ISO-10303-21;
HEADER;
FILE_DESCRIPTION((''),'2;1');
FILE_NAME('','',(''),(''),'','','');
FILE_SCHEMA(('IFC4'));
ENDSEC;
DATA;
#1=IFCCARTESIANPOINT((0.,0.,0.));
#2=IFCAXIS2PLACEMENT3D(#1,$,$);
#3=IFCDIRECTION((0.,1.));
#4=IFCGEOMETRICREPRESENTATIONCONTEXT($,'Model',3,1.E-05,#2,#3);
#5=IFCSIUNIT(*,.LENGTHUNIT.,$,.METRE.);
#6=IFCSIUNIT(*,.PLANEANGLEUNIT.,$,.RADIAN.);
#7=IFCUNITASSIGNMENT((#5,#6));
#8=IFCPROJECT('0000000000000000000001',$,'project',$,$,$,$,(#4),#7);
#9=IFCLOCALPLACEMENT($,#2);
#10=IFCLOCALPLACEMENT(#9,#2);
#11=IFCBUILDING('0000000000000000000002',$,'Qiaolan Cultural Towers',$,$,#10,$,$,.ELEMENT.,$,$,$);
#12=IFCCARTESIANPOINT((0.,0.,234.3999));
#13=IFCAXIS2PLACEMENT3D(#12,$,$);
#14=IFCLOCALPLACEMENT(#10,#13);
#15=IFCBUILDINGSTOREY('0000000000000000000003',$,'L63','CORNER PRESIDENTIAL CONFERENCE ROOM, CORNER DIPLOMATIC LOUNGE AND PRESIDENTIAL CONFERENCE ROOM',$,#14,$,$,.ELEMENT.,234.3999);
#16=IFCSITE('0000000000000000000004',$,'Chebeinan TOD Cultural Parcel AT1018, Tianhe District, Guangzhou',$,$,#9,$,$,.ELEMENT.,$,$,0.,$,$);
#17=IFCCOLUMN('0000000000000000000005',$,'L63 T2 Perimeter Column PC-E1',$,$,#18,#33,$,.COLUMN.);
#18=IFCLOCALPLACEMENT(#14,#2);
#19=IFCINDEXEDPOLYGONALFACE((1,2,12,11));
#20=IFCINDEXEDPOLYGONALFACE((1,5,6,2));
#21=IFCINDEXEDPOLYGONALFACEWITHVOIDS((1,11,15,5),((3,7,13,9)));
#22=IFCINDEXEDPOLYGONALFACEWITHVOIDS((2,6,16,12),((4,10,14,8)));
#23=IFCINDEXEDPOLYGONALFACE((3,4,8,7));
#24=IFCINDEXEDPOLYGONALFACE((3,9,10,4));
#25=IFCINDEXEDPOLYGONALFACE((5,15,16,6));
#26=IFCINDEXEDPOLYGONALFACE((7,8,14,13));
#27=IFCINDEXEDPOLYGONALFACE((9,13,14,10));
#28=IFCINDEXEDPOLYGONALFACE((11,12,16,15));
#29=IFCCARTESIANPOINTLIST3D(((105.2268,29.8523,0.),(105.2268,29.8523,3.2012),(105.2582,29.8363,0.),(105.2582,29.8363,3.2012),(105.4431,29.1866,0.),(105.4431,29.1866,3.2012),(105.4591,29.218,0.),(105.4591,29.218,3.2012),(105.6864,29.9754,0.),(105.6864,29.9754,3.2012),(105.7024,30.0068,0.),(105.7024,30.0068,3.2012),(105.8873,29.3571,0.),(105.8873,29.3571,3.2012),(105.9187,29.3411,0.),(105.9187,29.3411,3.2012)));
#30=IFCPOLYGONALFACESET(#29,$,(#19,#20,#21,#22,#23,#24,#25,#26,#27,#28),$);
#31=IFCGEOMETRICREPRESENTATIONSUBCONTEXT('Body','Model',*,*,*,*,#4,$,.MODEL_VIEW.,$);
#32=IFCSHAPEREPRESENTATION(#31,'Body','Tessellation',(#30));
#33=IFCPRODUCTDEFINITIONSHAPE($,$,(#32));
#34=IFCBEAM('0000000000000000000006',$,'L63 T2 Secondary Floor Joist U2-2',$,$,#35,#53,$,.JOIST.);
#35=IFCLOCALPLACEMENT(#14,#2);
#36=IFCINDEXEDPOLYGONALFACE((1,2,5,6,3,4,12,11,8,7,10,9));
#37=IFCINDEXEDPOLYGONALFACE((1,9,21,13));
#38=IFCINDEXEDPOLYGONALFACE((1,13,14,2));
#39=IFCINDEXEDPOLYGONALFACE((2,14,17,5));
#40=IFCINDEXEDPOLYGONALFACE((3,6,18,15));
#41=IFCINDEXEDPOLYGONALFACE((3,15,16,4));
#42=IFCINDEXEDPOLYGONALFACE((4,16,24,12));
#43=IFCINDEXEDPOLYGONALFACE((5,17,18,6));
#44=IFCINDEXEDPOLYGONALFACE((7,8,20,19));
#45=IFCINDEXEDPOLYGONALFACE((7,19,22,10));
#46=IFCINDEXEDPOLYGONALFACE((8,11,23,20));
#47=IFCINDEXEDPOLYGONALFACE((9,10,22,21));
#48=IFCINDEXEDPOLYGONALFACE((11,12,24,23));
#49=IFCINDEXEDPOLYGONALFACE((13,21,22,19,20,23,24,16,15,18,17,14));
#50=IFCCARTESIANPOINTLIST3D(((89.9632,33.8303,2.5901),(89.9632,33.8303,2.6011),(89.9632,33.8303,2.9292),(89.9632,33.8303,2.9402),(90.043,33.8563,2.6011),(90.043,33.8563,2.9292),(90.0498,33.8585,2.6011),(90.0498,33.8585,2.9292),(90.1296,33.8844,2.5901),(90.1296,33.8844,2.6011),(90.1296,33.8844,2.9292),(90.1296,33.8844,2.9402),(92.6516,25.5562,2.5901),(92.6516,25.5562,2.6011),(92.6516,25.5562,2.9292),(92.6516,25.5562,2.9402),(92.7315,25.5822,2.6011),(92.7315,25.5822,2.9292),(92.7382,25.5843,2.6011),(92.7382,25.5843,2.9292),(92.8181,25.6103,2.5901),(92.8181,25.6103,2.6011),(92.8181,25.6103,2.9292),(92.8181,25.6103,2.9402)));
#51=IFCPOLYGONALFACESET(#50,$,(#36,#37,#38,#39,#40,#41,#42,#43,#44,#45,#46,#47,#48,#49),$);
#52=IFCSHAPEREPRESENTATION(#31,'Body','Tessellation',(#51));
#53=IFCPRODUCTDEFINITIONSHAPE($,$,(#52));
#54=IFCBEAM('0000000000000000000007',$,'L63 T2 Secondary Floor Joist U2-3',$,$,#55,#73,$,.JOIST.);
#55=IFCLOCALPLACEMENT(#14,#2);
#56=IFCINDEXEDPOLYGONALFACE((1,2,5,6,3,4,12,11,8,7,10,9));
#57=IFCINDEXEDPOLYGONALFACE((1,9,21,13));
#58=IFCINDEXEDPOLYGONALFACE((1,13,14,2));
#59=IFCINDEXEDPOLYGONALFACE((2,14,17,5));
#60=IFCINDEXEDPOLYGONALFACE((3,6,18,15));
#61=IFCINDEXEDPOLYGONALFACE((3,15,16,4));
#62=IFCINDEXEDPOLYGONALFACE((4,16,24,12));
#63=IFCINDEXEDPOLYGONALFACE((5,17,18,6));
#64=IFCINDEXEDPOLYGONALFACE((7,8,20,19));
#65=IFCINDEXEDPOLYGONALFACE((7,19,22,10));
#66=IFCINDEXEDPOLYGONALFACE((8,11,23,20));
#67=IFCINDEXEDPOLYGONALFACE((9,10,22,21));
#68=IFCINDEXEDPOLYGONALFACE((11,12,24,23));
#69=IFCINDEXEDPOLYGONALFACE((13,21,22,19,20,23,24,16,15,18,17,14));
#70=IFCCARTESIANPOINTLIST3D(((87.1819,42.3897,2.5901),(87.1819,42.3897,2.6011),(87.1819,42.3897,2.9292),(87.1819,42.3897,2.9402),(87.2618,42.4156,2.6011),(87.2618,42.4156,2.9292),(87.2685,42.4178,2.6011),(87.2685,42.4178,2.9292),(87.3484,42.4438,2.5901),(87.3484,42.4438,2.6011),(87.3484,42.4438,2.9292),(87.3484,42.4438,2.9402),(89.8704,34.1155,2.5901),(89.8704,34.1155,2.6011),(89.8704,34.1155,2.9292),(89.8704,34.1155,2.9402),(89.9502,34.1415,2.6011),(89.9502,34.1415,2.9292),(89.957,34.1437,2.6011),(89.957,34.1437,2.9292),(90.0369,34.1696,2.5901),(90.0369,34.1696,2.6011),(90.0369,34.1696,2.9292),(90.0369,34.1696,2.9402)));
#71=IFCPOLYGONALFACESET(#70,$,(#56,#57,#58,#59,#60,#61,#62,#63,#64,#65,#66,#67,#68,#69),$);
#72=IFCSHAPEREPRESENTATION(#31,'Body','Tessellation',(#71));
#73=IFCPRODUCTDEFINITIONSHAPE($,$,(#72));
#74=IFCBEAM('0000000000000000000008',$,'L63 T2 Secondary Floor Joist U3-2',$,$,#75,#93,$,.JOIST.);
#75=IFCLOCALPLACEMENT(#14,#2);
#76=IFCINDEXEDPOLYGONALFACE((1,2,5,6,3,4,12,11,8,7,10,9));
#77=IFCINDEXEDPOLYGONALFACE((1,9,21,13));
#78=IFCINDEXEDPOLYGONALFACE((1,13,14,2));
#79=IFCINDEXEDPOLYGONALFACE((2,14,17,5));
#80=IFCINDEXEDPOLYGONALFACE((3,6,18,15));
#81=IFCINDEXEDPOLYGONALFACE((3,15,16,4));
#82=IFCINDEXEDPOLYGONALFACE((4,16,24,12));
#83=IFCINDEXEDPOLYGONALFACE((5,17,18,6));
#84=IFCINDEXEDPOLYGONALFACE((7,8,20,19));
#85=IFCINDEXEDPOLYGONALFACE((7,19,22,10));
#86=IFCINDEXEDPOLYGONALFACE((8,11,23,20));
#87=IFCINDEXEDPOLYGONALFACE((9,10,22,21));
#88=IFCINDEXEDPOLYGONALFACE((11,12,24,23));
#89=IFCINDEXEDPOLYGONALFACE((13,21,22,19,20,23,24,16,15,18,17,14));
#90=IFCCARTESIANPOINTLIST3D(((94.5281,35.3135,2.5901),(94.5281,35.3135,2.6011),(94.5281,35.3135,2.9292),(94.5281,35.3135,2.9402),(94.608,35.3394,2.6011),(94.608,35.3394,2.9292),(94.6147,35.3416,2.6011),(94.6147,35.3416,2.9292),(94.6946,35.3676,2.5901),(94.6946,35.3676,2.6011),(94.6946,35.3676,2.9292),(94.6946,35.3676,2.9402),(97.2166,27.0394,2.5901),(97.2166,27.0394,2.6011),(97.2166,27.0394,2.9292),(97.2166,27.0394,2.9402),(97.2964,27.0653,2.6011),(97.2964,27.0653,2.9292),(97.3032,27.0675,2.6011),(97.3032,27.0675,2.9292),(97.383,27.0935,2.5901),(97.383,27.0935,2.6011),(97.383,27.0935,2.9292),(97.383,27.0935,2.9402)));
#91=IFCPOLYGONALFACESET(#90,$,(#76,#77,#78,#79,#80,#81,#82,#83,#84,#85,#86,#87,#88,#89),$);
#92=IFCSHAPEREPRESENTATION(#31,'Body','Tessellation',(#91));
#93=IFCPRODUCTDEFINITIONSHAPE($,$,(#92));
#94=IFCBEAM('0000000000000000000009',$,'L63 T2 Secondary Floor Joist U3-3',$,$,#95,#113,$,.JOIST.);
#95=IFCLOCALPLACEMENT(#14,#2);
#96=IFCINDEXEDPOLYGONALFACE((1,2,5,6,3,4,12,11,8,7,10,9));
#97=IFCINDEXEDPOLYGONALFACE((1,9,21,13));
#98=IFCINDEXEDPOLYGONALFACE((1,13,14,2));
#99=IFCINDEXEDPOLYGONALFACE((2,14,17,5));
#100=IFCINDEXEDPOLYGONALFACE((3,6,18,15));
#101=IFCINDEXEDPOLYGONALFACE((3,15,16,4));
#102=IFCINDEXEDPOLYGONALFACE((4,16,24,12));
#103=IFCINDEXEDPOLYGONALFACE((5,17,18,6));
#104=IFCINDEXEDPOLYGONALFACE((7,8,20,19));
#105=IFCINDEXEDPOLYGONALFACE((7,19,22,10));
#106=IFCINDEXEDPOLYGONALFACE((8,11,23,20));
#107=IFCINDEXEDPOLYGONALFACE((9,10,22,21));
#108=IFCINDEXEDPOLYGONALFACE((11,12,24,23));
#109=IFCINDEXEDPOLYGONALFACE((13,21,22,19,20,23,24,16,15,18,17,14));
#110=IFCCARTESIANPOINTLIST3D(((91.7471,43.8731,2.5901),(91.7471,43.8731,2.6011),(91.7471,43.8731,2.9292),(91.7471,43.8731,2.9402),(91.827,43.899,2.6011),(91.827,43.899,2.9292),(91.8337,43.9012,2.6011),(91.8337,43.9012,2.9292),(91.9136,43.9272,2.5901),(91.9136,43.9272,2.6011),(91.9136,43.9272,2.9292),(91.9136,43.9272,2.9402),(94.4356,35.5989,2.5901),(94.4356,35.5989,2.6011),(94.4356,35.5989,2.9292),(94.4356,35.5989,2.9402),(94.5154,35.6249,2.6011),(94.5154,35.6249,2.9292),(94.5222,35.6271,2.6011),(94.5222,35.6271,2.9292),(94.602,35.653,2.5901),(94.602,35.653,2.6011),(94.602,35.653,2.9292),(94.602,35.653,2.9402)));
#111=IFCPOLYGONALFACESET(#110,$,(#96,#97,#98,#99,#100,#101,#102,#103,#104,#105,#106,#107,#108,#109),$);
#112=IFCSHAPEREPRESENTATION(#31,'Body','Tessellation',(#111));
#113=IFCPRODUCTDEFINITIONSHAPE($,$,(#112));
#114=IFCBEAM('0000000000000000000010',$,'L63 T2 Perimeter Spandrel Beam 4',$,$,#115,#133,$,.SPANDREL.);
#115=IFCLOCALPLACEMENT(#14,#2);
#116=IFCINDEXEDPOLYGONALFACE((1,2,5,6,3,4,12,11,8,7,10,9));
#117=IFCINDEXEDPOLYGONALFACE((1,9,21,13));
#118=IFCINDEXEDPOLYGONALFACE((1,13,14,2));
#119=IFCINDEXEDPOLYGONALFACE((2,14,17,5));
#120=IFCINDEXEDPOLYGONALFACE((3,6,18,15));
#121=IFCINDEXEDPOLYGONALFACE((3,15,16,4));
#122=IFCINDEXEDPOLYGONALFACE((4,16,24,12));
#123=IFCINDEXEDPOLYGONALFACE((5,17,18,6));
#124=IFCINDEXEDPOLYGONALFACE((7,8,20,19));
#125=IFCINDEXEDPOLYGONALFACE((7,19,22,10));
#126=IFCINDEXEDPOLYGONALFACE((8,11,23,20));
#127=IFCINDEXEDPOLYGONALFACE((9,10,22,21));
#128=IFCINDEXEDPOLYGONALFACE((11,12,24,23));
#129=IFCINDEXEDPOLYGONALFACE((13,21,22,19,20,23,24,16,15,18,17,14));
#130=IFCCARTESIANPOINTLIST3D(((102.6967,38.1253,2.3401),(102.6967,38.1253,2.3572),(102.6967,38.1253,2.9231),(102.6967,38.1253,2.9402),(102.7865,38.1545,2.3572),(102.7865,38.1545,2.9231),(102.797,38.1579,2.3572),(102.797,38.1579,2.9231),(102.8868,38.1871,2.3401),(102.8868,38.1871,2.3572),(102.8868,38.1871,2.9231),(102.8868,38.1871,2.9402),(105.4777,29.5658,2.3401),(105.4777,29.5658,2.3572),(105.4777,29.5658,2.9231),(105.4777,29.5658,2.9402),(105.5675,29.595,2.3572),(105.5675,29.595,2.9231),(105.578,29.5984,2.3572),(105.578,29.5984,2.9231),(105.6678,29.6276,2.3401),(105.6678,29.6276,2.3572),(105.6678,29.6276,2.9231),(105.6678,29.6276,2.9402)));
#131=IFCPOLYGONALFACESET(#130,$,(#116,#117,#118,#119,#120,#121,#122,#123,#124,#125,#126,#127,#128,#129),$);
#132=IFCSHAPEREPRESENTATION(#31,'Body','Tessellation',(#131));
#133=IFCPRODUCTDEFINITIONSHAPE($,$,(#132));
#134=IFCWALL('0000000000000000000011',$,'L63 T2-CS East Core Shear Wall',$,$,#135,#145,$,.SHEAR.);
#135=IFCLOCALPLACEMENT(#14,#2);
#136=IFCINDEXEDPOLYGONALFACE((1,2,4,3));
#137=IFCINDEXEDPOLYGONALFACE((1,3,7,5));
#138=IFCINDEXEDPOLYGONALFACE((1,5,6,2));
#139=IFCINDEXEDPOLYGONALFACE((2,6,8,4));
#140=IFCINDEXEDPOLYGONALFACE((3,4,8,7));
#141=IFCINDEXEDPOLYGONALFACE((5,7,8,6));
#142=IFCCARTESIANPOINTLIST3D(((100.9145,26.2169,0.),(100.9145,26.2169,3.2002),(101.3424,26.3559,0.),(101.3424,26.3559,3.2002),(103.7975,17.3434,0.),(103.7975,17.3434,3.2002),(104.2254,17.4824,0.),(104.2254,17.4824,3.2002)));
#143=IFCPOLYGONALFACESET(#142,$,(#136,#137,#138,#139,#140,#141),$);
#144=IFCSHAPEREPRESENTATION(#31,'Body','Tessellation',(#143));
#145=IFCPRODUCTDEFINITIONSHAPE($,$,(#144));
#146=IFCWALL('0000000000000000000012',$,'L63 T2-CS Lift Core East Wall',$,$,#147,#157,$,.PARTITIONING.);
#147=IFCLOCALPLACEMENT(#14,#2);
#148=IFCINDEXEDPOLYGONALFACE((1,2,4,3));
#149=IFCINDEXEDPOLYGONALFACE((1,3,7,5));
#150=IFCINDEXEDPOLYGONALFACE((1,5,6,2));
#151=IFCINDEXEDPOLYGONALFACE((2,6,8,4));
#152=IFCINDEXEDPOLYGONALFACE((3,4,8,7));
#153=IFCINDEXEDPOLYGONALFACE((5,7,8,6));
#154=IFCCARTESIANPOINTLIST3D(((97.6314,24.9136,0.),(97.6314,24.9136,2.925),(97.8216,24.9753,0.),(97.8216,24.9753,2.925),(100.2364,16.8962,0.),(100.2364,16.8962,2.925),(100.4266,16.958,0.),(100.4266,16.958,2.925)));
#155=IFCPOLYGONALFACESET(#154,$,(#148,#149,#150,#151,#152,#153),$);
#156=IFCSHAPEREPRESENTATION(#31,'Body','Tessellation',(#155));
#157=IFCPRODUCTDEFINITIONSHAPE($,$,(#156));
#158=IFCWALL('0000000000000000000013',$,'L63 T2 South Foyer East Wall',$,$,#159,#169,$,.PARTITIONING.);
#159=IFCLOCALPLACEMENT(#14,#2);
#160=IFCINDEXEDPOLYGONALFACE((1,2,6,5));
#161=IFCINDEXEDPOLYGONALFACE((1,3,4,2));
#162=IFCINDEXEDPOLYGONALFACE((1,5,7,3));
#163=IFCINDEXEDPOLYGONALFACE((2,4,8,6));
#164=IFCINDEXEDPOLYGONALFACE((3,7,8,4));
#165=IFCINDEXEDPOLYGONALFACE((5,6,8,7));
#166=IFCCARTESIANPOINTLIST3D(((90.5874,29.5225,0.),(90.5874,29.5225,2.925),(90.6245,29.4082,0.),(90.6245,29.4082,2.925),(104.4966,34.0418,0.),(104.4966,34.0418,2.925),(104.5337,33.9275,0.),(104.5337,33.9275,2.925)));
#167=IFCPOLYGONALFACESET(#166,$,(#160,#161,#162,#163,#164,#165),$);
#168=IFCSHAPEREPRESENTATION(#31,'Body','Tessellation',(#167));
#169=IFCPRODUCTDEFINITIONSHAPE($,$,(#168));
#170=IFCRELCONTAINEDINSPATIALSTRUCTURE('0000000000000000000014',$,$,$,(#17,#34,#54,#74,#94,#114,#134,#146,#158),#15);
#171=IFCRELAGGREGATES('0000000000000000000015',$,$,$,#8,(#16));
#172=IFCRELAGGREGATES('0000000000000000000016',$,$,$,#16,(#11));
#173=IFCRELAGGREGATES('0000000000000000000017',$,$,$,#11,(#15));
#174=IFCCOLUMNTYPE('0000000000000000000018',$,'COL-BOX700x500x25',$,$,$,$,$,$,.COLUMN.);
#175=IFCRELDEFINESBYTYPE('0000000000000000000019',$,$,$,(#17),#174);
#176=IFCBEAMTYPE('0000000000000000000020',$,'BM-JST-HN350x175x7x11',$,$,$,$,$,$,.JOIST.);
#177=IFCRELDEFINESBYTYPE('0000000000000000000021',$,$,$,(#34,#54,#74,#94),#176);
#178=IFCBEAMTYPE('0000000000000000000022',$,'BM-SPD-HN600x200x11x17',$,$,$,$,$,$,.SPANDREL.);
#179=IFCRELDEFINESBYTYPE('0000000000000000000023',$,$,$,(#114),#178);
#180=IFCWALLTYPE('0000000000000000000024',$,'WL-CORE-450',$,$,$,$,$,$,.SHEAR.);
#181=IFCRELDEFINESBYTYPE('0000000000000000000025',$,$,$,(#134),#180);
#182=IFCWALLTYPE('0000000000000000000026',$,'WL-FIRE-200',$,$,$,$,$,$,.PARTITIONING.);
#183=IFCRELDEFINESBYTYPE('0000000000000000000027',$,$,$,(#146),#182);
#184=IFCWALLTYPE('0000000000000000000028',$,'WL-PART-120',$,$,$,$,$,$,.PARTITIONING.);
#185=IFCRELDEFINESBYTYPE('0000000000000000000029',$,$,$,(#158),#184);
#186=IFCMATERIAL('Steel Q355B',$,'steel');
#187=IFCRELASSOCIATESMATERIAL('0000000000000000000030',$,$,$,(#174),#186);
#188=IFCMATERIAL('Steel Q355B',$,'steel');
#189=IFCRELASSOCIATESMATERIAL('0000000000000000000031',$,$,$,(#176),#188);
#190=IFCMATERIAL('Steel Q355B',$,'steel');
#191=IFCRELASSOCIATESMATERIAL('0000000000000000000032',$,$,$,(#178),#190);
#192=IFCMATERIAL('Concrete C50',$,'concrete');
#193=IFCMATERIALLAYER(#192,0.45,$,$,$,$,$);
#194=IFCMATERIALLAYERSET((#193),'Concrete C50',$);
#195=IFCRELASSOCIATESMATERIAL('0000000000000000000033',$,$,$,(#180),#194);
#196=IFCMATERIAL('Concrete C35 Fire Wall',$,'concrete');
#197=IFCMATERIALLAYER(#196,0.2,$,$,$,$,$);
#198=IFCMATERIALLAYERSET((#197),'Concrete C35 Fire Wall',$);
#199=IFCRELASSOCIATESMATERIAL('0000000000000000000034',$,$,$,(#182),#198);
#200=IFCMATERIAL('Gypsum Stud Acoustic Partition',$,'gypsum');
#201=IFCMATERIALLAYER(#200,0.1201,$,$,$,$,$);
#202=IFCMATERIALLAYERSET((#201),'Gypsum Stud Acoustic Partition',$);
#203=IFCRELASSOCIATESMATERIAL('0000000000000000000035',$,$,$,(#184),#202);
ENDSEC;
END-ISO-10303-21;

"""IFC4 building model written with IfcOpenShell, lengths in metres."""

from ifc_helpers import new_model, si_unit, direction, frame, frame_2d, origin, origin_2d, place, context, subcontext, project, spatial, rectangle, hollow_rectangle, i_section, extrude, material, layer, layer_set, material_profile, profile_set, type_object, element, save


model = new_model("IFC4")

# Units and contexts
model_context = context("Model", 3, precision=1e-05, world=origin(), true_north=direction((0.0, 1.0)))
body_context = subcontext(model_context, "Body", "Model", "MODEL_VIEW")
ifc_project = project(units=[si_unit("LENGTHUNIT", "METRE"), si_unit("PLANEANGLEUNIT", "RADIAN")], contexts=[model_context])

# Site, building, storey
site_placement = place(None, origin())
site = spatial("IfcSite", under=ifc_project, at=site_placement, Name="Chebeinan TOD Cultural Parcel AT1018, Tianhe District, Guangzhou", CompositionType="ELEMENT", RefElevation=0.0)
building_placement = place(site_placement, origin())
building = spatial("IfcBuilding", under=site, at=building_placement, Name="Qiaolan Cultural Towers", CompositionType="ELEMENT")
storey_placement = place(building_placement, frame((0.0, 0.0, 234.3999)))
storey = spatial("IfcBuildingStorey", under=building, at=storey_placement, Name="L63", Description="CORNER PRESIDENTIAL CONFERENCE ROOM, CORNER DIPLOMATIC LOUNGE AND PRESIDENTIAL CONFERENCE ROOM", CompositionType="ELEMENT", Elevation=234.3999)

# Column
ifc_material_1 = material(Name="Steel Q355B", Category="steel")
ifc_material_profile_1 = material_profile(ifc_material_1, hollow_rectangle(XDim=0.5, YDim=0.7, WallThickness=0.0249, at=origin_2d()), Name="BOX700x500x25")
ifc_profile_set_1 = profile_set([ifc_material_profile_1], Name="Steel Q355B")
column_type = type_object("IfcColumnType", Name="COL-BOX700x500x25", PredefinedType="COLUMN", material=ifc_profile_set_1)
column_placement = place(storey_placement, frame((105.5728, 29.5967, 0.0), z_axis=(0.0, 0.0, 1.0), x_axis=(0.951057, 0.309017, 0.0)))
element("IfcColumn", 1, at=column_placement, inside=storey, type_object=column_type, Name="L63 T2 Perimeter Column PC-E1", PredefinedType="COLUMN", context=body_context, shape_type="SweptSolid", body=[
    extrude(hollow_rectangle(XDim=0.5, YDim=0.7, WallThickness=0.0249, at=origin_2d()), origin(), (0.0, 0.0, 1.0), 3.2012),
])

# Beams
ifc_material_2 = material(Name="Steel Q355B", Category="steel")
ifc_material_profile_2 = material_profile(ifc_material_2, i_section(OverallWidth=0.175, OverallDepth=0.3501, WebThickness=0.0071, FlangeThickness=0.011, at=origin_2d()), Name="HN350x175x7x11")
ifc_profile_set_2 = profile_set([ifc_material_profile_2], Name="Steel Q355B")
beam_type_1 = type_object("IfcBeamType", Name="BM-JST-HN350x175x7x11", PredefinedType="JOIST", material=ifc_profile_set_2)
for number, where, z_axis, x_axis, name in (
    (2, (92.7349, 25.5833, 2.7651), (-0.309021, 0.951055, 0.0), (-0.951055, -0.309021, 0.0), "L63 T2 Secondary Floor Joist U2-2"),
    (3, (89.9536, 34.1426, 2.7651), (-0.309021, 0.951055, 0.0), (-0.951055, -0.309021, 0.0), "L63 T2 Secondary Floor Joist U2-3"),
    (4, (97.2998, 27.0664, 2.7651), (-0.309021, 0.951055, 0.0), (-0.951055, -0.309021, 0.0), "L63 T2 Secondary Floor Joist U3-2"),
    (5, (94.5188, 35.626, 2.7651), (-0.309021, 0.951055, 0.0), (-0.951055, -0.309021, 0.0), "L63 T2 Secondary Floor Joist U3-3"),
):
    element("IfcBeam", number, at=place(storey_placement, frame(where, z_axis=z_axis, x_axis=x_axis)), inside=storey, type_object=beam_type_1, Name=name, PredefinedType="JOIST", context=body_context, shape_type="SweptSolid", body=[
        extrude(i_section(OverallWidth=0.175, OverallDepth=0.3501, WebThickness=0.0071, FlangeThickness=0.011, at=origin_2d()), origin(), (0.0, 0.0, 1.0), 8.7),
    ])
ifc_material_3 = material(Name="Steel Q355B", Category="steel")
ifc_material_profile_3 = material_profile(ifc_material_3, i_section(OverallWidth=0.2, OverallDepth=0.6001, WebThickness=0.011, FlangeThickness=0.0171, at=origin_2d()), Name="HN600x200x11x17")
ifc_profile_set_3 = profile_set([ifc_material_profile_3], Name="Steel Q355B")
beam_type_2 = type_object("IfcBeamType", Name="BM-SPD-HN600x200x11x17", PredefinedType="SPANDREL", material=ifc_profile_set_3)
beam_placement = place(storey_placement, frame((105.5728, 29.5967, 2.6401), z_axis=(-0.309, 0.951062, 0.0), x_axis=(-0.951062, -0.309, 0.0)))
element("IfcBeam", 6, at=beam_placement, inside=storey, type_object=beam_type_2, Name="L63 T2 Perimeter Spandrel Beam 4", PredefinedType="SPANDREL", context=body_context, shape_type="SweptSolid", body=[
    extrude(i_section(OverallWidth=0.2, OverallDepth=0.6001, WebThickness=0.011, FlangeThickness=0.0171, at=origin_2d()), origin(), (0.0, 0.0, 1.0), 9.0),
])

# Walls
ifc_material_4 = material(Name="Concrete C50", Category="concrete")
ifc_layer_1 = layer(ifc_material_4, 0.45)
ifc_layer_set_1 = layer_set([ifc_layer_1], Name="Concrete C50")
wall_type_1 = type_object("IfcWallType", Name="WL-CORE-450", PredefinedType="SHEAR", material=ifc_layer_set_1)
wall_1_placement = place(storey_placement, frame((101.1284, 26.2864, 0.0), z_axis=(0.0, 0.0, 1.0), x_axis=(0.309004, -0.951061, 0.0)))
element("IfcWall", 7, at=wall_1_placement, inside=storey, type_object=wall_type_1, Name="L63 T2-CS East Core Shear Wall", PredefinedType="SHEAR", context=body_context, shape_type="SweptSolid", body=[
    extrude(rectangle(XDim=9.3301, YDim=0.45, at=frame_2d((4.665, 0.0))), origin(), (0.0, 0.0, 1.0), 3.2002),
])
ifc_material_5 = material(Name="Concrete C35 Fire Wall", Category="concrete")
ifc_layer_2 = layer(ifc_material_5, 0.2)
ifc_layer_set_2 = layer_set([ifc_layer_2], Name="Concrete C35 Fire Wall")
wall_type_2 = type_object("IfcWallType", Name="WL-FIRE-200", PredefinedType="PARTITIONING", material=ifc_layer_set_2)
wall_2_placement = place(storey_placement, frame((97.7266, 24.9443, 0.0), z_axis=(0.0, 0.0, 1.0), x_axis=(0.309016, -0.951057, 0.0)))
element("IfcWall", 8, at=wall_2_placement, inside=storey, type_object=wall_type_2, Name="L63 T2-CS Lift Core East Wall", PredefinedType="PARTITIONING", context=body_context, shape_type="SweptSolid", body=[
    extrude(rectangle(XDim=8.4299, YDim=0.2, at=frame_2d((4.2148, 0.0))), origin(), (0.0, 0.0, 1.0), 2.925),
])
ifc_material_6 = material(Name="Gypsum Stud Acoustic Partition", Category="gypsum")
ifc_layer_3 = layer(ifc_material_6, 0.1201)
ifc_layer_set_3 = layer_set([ifc_layer_3], Name="Gypsum Stud Acoustic Partition")
wall_type_3 = type_object("IfcWallType", Name="WL-PART-120", PredefinedType="PARTITIONING", material=ifc_layer_set_3)
wall_3_placement = place(storey_placement, frame((90.606, 29.4653, 0.0), z_axis=(0.0, 0.0, 1.0), x_axis=(0.951058, 0.309012, 0.0)))
element("IfcWall", 9, at=wall_3_placement, inside=storey, type_object=wall_type_3, Name="L63 T2 South Foyer East Wall", PredefinedType="PARTITIONING", context=body_context, shape_type="SweptSolid", body=[
    extrude(rectangle(XDim=14.625, YDim=0.1201, at=frame_2d((7.3125, 0.0))), origin(), (0.0, 0.0, 1.0), 2.925),
])

save(model, "model.ifc")
